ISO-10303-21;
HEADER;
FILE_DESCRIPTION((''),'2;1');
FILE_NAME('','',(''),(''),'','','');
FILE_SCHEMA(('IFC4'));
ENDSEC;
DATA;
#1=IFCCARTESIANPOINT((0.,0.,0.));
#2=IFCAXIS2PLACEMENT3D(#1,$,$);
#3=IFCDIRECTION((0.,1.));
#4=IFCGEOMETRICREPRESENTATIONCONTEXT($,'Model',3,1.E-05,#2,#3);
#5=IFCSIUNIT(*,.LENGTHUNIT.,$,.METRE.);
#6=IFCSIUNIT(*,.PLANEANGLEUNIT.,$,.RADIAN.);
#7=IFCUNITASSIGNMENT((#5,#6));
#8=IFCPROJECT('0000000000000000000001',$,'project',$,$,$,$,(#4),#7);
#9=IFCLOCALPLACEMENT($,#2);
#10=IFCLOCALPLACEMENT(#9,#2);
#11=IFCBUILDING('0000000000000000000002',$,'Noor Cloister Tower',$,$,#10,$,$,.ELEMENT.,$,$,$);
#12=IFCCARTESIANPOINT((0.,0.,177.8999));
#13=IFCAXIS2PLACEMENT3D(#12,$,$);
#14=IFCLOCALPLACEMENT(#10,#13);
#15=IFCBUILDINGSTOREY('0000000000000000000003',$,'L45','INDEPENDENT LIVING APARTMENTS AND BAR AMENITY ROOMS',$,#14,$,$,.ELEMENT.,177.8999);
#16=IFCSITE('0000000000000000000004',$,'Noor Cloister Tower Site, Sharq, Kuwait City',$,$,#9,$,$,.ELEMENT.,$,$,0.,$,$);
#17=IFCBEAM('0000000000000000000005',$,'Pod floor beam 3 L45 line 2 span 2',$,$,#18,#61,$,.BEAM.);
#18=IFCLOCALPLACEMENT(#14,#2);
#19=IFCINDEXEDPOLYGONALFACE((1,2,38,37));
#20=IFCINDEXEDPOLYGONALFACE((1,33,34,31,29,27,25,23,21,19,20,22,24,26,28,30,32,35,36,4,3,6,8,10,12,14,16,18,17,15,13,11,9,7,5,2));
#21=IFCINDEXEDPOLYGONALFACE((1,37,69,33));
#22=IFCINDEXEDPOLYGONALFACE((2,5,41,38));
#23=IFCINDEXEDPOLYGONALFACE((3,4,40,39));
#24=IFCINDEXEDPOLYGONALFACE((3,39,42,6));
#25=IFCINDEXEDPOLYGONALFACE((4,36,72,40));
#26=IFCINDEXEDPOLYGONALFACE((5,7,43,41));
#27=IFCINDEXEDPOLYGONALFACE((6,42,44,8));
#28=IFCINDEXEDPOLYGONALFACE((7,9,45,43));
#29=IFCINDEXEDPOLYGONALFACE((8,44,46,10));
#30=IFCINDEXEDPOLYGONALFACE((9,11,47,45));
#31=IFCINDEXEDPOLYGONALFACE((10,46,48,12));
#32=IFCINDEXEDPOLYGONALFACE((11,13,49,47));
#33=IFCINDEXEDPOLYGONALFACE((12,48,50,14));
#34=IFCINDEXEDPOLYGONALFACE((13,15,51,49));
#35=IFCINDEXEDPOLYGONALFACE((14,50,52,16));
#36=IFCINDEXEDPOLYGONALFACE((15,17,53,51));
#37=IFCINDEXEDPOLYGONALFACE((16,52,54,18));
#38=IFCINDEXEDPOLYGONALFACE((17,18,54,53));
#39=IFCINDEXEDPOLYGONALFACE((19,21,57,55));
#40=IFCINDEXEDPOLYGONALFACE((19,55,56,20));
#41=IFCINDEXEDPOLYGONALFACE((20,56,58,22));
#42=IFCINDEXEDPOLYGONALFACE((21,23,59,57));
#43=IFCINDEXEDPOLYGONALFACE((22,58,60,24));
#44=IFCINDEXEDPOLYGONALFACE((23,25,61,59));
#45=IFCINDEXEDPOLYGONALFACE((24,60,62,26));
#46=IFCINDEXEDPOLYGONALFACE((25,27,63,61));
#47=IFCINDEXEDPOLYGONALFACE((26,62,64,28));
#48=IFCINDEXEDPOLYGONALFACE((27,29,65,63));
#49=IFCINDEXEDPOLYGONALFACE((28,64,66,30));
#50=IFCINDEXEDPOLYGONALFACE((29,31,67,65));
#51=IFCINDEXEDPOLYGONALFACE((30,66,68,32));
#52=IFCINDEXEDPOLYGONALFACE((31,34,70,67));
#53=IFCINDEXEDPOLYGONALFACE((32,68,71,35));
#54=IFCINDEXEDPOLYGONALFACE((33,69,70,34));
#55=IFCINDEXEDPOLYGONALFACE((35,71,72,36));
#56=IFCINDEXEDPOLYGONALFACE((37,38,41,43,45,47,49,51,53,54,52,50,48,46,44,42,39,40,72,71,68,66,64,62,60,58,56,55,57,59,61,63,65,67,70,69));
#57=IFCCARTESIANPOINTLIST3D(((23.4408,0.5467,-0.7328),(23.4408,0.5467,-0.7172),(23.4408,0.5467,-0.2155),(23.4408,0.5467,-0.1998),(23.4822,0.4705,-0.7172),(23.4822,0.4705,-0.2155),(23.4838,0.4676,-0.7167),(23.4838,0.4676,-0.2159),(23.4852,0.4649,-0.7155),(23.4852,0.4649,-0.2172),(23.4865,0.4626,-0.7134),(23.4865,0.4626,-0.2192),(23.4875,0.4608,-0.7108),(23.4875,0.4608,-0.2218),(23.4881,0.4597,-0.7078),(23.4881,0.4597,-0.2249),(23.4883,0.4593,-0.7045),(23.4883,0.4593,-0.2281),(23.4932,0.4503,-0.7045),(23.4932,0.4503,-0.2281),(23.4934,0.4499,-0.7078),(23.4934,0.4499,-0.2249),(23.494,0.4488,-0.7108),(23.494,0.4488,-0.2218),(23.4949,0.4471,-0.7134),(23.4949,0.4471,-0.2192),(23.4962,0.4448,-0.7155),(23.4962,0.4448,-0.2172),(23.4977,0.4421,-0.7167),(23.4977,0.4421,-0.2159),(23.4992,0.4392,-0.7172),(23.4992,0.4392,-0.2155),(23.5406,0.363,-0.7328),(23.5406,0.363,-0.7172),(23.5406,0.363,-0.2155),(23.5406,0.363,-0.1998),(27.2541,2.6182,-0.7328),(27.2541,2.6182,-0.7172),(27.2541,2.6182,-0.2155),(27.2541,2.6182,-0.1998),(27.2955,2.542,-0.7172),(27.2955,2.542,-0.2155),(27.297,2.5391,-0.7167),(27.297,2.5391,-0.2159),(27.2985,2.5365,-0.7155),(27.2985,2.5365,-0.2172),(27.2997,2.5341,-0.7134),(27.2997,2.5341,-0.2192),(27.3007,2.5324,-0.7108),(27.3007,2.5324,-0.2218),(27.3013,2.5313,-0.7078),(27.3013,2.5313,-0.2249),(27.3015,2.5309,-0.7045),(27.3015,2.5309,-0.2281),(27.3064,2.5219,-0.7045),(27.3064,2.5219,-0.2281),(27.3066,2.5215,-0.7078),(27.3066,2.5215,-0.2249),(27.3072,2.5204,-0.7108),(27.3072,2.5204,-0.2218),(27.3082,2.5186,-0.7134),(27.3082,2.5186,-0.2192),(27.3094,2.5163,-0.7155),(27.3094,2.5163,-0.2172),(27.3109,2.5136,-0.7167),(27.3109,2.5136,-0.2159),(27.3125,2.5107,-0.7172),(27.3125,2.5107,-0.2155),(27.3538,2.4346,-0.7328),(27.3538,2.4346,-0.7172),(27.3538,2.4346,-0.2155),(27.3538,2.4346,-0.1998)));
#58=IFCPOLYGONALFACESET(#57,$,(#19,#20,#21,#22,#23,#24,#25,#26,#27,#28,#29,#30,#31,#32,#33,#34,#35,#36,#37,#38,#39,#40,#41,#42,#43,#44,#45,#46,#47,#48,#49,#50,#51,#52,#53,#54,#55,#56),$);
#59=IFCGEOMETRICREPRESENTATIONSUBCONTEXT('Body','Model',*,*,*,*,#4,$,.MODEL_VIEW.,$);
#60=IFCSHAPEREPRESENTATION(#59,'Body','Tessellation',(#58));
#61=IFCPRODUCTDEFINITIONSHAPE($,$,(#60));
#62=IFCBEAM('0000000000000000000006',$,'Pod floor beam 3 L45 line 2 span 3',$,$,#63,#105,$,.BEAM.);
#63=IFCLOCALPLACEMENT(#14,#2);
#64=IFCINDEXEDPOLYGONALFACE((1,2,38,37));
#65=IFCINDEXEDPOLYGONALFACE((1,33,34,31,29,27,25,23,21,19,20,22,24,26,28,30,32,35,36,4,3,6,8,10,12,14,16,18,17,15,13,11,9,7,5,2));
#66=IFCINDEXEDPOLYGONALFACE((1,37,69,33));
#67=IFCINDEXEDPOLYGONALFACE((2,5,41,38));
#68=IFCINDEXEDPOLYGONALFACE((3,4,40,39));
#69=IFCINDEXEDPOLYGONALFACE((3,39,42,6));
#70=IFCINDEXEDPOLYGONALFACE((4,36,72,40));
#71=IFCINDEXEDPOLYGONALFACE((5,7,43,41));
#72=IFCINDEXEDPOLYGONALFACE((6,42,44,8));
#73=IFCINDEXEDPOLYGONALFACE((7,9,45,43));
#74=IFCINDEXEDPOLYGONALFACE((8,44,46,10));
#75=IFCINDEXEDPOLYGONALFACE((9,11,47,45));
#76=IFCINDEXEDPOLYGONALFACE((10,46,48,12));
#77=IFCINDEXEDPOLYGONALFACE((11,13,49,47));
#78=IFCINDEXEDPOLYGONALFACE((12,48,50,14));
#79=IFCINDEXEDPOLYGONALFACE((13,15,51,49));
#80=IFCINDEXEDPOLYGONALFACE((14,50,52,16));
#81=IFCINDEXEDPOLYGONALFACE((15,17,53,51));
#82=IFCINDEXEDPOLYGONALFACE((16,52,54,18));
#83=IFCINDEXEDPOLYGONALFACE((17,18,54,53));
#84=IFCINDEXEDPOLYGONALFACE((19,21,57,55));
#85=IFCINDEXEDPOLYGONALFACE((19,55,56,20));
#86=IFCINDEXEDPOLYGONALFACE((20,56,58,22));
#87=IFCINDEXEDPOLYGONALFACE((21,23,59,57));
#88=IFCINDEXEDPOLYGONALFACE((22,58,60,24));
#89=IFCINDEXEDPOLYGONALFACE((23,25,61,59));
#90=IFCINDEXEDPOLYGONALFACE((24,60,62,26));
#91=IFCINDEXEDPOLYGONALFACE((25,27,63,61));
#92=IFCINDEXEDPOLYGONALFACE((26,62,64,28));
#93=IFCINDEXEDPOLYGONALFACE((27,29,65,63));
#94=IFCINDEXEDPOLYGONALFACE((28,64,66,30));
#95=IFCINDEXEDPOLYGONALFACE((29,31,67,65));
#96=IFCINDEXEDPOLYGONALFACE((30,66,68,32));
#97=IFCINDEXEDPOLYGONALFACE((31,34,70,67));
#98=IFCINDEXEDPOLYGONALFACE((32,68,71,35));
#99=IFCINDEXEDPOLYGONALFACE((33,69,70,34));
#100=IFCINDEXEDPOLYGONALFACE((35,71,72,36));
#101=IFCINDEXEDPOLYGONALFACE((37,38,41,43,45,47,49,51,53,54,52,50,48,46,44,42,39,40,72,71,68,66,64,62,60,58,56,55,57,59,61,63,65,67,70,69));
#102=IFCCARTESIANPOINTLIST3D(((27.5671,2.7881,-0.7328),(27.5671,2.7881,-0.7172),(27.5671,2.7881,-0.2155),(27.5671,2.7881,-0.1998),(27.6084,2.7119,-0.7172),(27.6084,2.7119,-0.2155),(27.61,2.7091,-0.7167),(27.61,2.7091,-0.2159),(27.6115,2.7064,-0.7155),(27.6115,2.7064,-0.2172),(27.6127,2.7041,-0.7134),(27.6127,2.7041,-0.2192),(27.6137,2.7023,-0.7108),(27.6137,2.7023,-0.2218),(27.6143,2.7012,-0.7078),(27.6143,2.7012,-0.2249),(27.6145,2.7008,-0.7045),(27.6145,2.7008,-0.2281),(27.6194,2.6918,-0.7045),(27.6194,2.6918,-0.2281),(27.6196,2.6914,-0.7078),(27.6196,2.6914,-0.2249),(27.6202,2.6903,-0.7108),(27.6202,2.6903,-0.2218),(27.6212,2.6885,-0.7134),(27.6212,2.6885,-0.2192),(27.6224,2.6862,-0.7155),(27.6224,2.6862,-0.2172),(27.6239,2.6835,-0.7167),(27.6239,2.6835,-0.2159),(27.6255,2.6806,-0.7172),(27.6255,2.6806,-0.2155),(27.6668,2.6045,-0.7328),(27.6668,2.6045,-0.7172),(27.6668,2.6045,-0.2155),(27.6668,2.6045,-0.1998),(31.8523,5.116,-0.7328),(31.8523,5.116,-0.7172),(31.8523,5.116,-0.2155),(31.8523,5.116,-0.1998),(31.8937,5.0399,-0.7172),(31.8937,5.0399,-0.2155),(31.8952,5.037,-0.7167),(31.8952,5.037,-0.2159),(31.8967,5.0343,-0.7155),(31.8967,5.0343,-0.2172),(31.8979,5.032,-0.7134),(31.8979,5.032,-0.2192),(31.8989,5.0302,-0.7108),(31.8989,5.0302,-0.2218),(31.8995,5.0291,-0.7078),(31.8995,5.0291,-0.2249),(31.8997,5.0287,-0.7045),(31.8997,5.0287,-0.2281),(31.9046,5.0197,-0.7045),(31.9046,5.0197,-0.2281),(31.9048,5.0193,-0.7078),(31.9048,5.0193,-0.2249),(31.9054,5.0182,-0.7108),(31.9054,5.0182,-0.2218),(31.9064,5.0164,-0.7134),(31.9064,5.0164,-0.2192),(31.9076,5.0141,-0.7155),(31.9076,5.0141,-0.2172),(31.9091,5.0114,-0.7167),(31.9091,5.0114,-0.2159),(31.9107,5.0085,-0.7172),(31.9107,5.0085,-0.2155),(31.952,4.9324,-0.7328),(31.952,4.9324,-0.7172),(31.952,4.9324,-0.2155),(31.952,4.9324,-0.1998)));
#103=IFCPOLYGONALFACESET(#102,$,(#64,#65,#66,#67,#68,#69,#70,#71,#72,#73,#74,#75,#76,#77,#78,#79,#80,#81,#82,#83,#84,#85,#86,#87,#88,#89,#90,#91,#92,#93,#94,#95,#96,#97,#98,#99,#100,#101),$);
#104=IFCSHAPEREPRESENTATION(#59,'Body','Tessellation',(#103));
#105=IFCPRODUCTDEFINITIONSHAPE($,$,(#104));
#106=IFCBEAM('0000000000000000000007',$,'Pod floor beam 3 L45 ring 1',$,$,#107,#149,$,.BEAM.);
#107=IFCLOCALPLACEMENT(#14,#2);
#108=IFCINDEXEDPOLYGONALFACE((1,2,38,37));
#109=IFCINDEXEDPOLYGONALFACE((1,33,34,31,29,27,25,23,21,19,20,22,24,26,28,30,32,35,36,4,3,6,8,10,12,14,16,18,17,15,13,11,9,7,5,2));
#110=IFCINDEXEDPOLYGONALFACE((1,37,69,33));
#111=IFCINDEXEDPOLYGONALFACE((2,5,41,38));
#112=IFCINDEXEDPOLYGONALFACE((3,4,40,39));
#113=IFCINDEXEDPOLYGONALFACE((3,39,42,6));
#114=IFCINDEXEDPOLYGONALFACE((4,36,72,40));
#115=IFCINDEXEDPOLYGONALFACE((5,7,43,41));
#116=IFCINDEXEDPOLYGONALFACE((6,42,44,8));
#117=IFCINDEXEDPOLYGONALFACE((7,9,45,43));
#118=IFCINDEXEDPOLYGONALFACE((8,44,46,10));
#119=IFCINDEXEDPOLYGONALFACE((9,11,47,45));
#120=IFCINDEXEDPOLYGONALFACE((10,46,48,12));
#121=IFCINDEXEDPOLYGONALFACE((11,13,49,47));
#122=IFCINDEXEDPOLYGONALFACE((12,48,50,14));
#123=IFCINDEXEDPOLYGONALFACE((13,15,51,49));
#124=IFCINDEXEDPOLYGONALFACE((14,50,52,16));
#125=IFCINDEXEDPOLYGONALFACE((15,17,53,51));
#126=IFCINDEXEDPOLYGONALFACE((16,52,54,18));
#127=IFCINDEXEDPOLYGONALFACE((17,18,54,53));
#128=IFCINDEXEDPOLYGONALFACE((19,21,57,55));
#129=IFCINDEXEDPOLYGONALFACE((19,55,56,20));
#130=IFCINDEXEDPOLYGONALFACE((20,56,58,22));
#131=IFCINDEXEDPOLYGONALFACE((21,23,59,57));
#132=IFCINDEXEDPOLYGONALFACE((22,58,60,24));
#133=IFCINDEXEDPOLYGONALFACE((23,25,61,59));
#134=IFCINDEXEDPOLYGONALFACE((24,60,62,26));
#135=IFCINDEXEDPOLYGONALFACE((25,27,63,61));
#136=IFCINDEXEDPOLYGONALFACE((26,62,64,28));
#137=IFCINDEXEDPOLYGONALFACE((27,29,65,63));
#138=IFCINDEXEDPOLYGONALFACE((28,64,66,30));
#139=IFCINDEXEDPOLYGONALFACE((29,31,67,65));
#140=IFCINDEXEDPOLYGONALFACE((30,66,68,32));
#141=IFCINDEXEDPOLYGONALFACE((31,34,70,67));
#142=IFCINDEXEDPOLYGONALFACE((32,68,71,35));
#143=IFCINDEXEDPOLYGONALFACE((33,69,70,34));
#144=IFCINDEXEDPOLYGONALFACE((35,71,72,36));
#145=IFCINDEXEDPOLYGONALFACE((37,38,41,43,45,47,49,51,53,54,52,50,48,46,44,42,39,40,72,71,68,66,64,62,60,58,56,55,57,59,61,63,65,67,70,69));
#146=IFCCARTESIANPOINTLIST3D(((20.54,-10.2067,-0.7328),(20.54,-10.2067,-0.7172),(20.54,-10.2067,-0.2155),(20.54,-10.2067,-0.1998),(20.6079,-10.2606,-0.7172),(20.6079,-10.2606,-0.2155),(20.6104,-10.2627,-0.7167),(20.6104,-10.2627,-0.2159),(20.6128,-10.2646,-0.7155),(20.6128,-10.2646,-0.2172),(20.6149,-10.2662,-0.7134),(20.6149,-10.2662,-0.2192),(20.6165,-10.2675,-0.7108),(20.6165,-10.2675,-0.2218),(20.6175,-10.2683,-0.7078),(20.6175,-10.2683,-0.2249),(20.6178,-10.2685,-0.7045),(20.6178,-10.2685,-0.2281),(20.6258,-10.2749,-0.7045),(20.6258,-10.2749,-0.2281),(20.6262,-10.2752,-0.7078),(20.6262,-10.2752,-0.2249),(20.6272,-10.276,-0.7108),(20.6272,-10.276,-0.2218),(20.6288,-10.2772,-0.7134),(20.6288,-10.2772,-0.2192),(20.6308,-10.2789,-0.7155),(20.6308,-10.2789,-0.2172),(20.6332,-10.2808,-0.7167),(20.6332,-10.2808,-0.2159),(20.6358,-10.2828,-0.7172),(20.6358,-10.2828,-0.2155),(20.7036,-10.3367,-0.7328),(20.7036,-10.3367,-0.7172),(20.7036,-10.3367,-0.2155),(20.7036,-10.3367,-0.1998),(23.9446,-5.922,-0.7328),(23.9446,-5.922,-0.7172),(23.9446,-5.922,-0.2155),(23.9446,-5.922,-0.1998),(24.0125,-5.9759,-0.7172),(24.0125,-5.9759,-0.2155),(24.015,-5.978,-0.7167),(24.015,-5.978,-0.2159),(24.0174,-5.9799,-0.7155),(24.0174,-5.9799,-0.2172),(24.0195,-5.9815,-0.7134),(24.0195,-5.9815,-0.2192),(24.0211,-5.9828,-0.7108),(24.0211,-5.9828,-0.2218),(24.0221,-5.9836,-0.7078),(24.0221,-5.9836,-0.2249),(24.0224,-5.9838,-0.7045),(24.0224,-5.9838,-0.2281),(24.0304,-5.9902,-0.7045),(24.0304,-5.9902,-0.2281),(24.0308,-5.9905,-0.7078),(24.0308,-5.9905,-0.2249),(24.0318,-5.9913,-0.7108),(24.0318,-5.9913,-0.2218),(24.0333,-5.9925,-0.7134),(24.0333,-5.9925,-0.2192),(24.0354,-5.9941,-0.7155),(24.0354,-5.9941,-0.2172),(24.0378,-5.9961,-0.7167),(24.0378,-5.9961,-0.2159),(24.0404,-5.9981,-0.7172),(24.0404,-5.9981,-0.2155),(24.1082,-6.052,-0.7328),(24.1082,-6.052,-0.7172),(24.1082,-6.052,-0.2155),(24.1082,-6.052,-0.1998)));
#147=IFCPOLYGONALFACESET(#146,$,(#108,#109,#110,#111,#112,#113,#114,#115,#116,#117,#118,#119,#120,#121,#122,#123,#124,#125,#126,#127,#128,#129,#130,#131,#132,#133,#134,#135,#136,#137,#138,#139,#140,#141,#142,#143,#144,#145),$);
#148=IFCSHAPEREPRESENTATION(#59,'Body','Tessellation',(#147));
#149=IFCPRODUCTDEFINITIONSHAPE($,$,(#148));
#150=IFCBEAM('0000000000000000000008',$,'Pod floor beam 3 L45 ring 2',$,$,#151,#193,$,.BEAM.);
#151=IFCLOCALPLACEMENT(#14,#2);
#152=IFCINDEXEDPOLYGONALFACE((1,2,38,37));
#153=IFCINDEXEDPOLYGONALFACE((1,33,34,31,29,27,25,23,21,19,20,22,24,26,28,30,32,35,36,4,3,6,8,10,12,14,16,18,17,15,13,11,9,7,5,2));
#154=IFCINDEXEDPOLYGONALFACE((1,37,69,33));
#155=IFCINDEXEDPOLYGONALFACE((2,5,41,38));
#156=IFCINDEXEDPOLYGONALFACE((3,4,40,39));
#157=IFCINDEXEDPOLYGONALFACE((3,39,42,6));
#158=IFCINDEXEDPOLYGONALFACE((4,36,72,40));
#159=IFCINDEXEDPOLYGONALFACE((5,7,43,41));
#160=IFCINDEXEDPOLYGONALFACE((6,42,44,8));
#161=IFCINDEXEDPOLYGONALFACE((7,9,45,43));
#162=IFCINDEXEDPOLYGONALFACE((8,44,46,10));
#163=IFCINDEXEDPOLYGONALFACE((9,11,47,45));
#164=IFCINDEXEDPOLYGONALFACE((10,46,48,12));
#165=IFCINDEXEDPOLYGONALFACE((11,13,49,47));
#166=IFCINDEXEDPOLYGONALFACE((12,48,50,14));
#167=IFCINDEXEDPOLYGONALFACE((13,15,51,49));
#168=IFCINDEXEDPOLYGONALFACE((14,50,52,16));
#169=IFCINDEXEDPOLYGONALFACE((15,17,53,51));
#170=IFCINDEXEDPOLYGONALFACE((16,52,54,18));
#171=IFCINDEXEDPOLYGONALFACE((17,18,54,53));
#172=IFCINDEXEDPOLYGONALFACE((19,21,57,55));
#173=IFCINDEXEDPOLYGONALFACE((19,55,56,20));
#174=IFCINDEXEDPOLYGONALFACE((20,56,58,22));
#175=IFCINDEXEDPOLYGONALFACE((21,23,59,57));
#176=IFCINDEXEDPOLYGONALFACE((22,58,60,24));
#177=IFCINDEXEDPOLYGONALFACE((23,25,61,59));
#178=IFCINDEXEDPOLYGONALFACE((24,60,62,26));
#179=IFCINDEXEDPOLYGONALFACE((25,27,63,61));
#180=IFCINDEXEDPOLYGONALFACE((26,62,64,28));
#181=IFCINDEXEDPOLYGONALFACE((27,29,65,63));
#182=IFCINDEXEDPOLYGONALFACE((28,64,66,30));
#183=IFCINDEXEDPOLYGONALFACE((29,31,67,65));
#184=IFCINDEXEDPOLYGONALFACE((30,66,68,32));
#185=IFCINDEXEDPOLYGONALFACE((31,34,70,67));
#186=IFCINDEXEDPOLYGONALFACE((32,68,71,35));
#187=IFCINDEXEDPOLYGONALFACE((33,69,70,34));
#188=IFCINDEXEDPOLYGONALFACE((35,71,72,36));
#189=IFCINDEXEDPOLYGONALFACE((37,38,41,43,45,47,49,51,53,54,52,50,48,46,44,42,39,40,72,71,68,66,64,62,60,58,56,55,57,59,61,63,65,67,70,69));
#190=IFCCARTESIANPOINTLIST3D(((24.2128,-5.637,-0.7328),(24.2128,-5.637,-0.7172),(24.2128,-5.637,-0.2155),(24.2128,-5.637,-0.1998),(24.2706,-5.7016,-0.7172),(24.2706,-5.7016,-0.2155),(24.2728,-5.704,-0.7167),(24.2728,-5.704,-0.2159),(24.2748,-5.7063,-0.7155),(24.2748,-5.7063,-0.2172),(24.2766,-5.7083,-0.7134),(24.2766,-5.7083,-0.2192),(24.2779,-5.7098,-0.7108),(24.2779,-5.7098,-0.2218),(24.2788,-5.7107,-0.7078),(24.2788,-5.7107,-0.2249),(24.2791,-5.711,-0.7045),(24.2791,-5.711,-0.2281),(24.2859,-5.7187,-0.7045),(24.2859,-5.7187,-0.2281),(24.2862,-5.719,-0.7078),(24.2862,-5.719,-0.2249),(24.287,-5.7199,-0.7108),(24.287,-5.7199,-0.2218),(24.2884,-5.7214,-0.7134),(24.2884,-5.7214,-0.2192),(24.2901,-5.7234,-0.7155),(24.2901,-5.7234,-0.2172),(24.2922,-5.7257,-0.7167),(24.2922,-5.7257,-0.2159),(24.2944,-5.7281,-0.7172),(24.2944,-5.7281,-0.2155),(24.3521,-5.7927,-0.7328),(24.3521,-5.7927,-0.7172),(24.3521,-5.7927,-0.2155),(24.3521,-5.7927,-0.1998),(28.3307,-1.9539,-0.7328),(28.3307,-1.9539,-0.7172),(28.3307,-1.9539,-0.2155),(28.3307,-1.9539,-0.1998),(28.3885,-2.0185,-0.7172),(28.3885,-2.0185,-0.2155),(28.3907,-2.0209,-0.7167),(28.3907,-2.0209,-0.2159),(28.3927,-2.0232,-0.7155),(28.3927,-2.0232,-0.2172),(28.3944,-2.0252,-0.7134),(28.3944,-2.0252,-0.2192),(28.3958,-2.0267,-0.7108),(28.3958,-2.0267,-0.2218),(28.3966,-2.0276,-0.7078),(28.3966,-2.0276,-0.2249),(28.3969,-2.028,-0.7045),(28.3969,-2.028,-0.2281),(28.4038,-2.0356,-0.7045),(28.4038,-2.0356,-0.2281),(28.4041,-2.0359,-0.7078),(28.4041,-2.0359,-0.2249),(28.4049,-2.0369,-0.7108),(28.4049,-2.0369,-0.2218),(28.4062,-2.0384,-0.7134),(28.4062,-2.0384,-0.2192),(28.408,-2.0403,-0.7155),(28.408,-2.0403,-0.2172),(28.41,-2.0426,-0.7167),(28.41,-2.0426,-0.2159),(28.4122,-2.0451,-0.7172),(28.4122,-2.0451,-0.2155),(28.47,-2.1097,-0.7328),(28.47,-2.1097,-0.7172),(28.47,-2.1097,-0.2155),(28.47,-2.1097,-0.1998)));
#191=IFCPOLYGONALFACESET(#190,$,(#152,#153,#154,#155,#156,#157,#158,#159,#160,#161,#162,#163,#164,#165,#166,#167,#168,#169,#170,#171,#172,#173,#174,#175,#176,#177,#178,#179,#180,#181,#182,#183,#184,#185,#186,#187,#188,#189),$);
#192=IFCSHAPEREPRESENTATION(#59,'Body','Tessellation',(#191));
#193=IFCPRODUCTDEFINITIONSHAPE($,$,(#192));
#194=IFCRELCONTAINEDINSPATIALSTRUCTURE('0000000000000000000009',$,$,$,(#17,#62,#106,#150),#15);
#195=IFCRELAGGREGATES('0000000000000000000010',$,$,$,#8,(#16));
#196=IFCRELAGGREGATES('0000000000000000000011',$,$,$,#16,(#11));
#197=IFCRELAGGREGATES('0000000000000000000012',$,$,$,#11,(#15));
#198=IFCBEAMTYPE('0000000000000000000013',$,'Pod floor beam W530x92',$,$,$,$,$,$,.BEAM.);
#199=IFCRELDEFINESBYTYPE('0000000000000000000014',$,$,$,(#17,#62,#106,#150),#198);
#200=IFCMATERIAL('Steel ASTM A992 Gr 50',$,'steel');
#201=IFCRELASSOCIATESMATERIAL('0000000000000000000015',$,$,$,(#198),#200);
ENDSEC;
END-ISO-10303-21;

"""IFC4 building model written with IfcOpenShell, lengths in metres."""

from ifc_helpers import new_model, si_unit, direction, frame, origin, origin_2d, place, context, subcontext, project, spatial, i_section, extrude, material, material_profile, profile_set, type_object, element, save


model = new_model("IFC4")

# Units and contexts
model_context = context("Model", 3, precision=1e-05, world=origin(), true_north=direction((0.0, 1.0)))
body_context = subcontext(model_context, "Body", "Model", "MODEL_VIEW")
ifc_project = project(units=[si_unit("LENGTHUNIT", "METRE"), si_unit("PLANEANGLEUNIT", "RADIAN")], contexts=[model_context])

# Site, building, storey
site_placement = place(None, origin())
site = spatial("IfcSite", under=ifc_project, at=site_placement, Name="Noor Cloister Tower Site, Sharq, Kuwait City", CompositionType="ELEMENT", RefElevation=0.0)
building_placement = place(site_placement, origin())
building = spatial("IfcBuilding", under=site, at=building_placement, Name="Noor Cloister Tower", CompositionType="ELEMENT")
storey_placement = place(building_placement, frame((0.0, 0.0, 177.8999)))
storey = spatial("IfcBuildingStorey", under=building, at=storey_placement, Name="L45", Description="INDEPENDENT LIVING APARTMENTS AND BAR AMENITY ROOMS", CompositionType="ELEMENT", Elevation=177.8999)

# Beams
ifc_material_1 = material(Name="Steel ASTM A992 Gr 50", Category="steel")
ifc_material_profile_1 = material_profile(ifc_material_1, i_section(OverallWidth=0.209, OverallDepth=0.533, WebThickness=0.0103, FlangeThickness=0.0156, FilletRadius=0.0127, at=origin_2d()), Name="W530x92")
ifc_profile_set_1 = profile_set([ifc_material_profile_1], Name="Steel ASTM A992 Gr 50")
beam_type_1 = type_object("IfcBeamType", Name="Pod floor beam W530x92", PredefinedType="BEAM", material=ifc_profile_set_1)
beam_1_placement = place(storey_placement, frame((23.4907, 0.4548, -0.4663), z_axis=(0.878709, 0.477358, 0.0), x_axis=(-0.477358, 0.878709, 0.0)))
element("IfcBeam", 1, at=beam_1_placement, inside=storey, type_object=beam_type_1, Name="Pod floor beam 3 L45 line 2 span 2", PredefinedType="BEAM", context=body_context, shape_type="SweptSolid", body=[
    extrude(i_section(OverallWidth=0.209, OverallDepth=0.533, WebThickness=0.0103, FlangeThickness=0.0156, FilletRadius=0.0127, at=origin_2d()), origin(), (0.0, 0.0, 1.0), 4.3396),
])
beam_2_placement = place(storey_placement, frame((27.6169, 2.6963, -0.4663), z_axis=(0.878711, 0.477354, 0.0), x_axis=(-0.477354, 0.878711, 0.0)))
element("IfcBeam", 2, at=beam_2_placement, inside=storey, type_object=beam_type_1, Name="Pod floor beam 3 L45 line 2 span 3", PredefinedType="BEAM", context=body_context, shape_type="SweptSolid", body=[
    extrude(i_section(OverallWidth=0.209, OverallDepth=0.533, WebThickness=0.0103, FlangeThickness=0.0156, FilletRadius=0.0127, at=origin_2d()), origin(), (0.0, 0.0, 1.0), 4.8767),
])
beam_3_placement = place(storey_placement, frame((20.6218, -10.2717, -0.4663), z_axis=(0.622107, 0.782932, 0.0), x_axis=(-0.782932, 0.622107, 0.0)))
element("IfcBeam", 3, at=beam_3_placement, inside=storey, type_object=beam_type_1, Name="Pod floor beam 3 L45 ring 1", PredefinedType="BEAM", context=body_context, shape_type="SweptSolid", body=[
    extrude(i_section(OverallWidth=0.209, OverallDepth=0.533, WebThickness=0.0103, FlangeThickness=0.0156, FilletRadius=0.0127, at=origin_2d()), origin(), (0.0, 0.0, 1.0), 5.4727),
])
beam_4_placement = place(storey_placement, frame((24.2825, -5.7148, -0.4663), z_axis=(0.745363, 0.666659, 0.0), x_axis=(-0.666659, 0.745363, 0.0)))
element("IfcBeam", 4, at=beam_4_placement, inside=storey, type_object=beam_type_1, Name="Pod floor beam 3 L45 ring 2", PredefinedType="BEAM", context=body_context, shape_type="SweptSolid", body=[
    extrude(i_section(OverallWidth=0.209, OverallDepth=0.533, WebThickness=0.0103, FlangeThickness=0.0156, FilletRadius=0.0127, at=origin_2d()), origin(), (0.0, 0.0, 1.0), 5.5247),
])

save(model, "model.ifc")
